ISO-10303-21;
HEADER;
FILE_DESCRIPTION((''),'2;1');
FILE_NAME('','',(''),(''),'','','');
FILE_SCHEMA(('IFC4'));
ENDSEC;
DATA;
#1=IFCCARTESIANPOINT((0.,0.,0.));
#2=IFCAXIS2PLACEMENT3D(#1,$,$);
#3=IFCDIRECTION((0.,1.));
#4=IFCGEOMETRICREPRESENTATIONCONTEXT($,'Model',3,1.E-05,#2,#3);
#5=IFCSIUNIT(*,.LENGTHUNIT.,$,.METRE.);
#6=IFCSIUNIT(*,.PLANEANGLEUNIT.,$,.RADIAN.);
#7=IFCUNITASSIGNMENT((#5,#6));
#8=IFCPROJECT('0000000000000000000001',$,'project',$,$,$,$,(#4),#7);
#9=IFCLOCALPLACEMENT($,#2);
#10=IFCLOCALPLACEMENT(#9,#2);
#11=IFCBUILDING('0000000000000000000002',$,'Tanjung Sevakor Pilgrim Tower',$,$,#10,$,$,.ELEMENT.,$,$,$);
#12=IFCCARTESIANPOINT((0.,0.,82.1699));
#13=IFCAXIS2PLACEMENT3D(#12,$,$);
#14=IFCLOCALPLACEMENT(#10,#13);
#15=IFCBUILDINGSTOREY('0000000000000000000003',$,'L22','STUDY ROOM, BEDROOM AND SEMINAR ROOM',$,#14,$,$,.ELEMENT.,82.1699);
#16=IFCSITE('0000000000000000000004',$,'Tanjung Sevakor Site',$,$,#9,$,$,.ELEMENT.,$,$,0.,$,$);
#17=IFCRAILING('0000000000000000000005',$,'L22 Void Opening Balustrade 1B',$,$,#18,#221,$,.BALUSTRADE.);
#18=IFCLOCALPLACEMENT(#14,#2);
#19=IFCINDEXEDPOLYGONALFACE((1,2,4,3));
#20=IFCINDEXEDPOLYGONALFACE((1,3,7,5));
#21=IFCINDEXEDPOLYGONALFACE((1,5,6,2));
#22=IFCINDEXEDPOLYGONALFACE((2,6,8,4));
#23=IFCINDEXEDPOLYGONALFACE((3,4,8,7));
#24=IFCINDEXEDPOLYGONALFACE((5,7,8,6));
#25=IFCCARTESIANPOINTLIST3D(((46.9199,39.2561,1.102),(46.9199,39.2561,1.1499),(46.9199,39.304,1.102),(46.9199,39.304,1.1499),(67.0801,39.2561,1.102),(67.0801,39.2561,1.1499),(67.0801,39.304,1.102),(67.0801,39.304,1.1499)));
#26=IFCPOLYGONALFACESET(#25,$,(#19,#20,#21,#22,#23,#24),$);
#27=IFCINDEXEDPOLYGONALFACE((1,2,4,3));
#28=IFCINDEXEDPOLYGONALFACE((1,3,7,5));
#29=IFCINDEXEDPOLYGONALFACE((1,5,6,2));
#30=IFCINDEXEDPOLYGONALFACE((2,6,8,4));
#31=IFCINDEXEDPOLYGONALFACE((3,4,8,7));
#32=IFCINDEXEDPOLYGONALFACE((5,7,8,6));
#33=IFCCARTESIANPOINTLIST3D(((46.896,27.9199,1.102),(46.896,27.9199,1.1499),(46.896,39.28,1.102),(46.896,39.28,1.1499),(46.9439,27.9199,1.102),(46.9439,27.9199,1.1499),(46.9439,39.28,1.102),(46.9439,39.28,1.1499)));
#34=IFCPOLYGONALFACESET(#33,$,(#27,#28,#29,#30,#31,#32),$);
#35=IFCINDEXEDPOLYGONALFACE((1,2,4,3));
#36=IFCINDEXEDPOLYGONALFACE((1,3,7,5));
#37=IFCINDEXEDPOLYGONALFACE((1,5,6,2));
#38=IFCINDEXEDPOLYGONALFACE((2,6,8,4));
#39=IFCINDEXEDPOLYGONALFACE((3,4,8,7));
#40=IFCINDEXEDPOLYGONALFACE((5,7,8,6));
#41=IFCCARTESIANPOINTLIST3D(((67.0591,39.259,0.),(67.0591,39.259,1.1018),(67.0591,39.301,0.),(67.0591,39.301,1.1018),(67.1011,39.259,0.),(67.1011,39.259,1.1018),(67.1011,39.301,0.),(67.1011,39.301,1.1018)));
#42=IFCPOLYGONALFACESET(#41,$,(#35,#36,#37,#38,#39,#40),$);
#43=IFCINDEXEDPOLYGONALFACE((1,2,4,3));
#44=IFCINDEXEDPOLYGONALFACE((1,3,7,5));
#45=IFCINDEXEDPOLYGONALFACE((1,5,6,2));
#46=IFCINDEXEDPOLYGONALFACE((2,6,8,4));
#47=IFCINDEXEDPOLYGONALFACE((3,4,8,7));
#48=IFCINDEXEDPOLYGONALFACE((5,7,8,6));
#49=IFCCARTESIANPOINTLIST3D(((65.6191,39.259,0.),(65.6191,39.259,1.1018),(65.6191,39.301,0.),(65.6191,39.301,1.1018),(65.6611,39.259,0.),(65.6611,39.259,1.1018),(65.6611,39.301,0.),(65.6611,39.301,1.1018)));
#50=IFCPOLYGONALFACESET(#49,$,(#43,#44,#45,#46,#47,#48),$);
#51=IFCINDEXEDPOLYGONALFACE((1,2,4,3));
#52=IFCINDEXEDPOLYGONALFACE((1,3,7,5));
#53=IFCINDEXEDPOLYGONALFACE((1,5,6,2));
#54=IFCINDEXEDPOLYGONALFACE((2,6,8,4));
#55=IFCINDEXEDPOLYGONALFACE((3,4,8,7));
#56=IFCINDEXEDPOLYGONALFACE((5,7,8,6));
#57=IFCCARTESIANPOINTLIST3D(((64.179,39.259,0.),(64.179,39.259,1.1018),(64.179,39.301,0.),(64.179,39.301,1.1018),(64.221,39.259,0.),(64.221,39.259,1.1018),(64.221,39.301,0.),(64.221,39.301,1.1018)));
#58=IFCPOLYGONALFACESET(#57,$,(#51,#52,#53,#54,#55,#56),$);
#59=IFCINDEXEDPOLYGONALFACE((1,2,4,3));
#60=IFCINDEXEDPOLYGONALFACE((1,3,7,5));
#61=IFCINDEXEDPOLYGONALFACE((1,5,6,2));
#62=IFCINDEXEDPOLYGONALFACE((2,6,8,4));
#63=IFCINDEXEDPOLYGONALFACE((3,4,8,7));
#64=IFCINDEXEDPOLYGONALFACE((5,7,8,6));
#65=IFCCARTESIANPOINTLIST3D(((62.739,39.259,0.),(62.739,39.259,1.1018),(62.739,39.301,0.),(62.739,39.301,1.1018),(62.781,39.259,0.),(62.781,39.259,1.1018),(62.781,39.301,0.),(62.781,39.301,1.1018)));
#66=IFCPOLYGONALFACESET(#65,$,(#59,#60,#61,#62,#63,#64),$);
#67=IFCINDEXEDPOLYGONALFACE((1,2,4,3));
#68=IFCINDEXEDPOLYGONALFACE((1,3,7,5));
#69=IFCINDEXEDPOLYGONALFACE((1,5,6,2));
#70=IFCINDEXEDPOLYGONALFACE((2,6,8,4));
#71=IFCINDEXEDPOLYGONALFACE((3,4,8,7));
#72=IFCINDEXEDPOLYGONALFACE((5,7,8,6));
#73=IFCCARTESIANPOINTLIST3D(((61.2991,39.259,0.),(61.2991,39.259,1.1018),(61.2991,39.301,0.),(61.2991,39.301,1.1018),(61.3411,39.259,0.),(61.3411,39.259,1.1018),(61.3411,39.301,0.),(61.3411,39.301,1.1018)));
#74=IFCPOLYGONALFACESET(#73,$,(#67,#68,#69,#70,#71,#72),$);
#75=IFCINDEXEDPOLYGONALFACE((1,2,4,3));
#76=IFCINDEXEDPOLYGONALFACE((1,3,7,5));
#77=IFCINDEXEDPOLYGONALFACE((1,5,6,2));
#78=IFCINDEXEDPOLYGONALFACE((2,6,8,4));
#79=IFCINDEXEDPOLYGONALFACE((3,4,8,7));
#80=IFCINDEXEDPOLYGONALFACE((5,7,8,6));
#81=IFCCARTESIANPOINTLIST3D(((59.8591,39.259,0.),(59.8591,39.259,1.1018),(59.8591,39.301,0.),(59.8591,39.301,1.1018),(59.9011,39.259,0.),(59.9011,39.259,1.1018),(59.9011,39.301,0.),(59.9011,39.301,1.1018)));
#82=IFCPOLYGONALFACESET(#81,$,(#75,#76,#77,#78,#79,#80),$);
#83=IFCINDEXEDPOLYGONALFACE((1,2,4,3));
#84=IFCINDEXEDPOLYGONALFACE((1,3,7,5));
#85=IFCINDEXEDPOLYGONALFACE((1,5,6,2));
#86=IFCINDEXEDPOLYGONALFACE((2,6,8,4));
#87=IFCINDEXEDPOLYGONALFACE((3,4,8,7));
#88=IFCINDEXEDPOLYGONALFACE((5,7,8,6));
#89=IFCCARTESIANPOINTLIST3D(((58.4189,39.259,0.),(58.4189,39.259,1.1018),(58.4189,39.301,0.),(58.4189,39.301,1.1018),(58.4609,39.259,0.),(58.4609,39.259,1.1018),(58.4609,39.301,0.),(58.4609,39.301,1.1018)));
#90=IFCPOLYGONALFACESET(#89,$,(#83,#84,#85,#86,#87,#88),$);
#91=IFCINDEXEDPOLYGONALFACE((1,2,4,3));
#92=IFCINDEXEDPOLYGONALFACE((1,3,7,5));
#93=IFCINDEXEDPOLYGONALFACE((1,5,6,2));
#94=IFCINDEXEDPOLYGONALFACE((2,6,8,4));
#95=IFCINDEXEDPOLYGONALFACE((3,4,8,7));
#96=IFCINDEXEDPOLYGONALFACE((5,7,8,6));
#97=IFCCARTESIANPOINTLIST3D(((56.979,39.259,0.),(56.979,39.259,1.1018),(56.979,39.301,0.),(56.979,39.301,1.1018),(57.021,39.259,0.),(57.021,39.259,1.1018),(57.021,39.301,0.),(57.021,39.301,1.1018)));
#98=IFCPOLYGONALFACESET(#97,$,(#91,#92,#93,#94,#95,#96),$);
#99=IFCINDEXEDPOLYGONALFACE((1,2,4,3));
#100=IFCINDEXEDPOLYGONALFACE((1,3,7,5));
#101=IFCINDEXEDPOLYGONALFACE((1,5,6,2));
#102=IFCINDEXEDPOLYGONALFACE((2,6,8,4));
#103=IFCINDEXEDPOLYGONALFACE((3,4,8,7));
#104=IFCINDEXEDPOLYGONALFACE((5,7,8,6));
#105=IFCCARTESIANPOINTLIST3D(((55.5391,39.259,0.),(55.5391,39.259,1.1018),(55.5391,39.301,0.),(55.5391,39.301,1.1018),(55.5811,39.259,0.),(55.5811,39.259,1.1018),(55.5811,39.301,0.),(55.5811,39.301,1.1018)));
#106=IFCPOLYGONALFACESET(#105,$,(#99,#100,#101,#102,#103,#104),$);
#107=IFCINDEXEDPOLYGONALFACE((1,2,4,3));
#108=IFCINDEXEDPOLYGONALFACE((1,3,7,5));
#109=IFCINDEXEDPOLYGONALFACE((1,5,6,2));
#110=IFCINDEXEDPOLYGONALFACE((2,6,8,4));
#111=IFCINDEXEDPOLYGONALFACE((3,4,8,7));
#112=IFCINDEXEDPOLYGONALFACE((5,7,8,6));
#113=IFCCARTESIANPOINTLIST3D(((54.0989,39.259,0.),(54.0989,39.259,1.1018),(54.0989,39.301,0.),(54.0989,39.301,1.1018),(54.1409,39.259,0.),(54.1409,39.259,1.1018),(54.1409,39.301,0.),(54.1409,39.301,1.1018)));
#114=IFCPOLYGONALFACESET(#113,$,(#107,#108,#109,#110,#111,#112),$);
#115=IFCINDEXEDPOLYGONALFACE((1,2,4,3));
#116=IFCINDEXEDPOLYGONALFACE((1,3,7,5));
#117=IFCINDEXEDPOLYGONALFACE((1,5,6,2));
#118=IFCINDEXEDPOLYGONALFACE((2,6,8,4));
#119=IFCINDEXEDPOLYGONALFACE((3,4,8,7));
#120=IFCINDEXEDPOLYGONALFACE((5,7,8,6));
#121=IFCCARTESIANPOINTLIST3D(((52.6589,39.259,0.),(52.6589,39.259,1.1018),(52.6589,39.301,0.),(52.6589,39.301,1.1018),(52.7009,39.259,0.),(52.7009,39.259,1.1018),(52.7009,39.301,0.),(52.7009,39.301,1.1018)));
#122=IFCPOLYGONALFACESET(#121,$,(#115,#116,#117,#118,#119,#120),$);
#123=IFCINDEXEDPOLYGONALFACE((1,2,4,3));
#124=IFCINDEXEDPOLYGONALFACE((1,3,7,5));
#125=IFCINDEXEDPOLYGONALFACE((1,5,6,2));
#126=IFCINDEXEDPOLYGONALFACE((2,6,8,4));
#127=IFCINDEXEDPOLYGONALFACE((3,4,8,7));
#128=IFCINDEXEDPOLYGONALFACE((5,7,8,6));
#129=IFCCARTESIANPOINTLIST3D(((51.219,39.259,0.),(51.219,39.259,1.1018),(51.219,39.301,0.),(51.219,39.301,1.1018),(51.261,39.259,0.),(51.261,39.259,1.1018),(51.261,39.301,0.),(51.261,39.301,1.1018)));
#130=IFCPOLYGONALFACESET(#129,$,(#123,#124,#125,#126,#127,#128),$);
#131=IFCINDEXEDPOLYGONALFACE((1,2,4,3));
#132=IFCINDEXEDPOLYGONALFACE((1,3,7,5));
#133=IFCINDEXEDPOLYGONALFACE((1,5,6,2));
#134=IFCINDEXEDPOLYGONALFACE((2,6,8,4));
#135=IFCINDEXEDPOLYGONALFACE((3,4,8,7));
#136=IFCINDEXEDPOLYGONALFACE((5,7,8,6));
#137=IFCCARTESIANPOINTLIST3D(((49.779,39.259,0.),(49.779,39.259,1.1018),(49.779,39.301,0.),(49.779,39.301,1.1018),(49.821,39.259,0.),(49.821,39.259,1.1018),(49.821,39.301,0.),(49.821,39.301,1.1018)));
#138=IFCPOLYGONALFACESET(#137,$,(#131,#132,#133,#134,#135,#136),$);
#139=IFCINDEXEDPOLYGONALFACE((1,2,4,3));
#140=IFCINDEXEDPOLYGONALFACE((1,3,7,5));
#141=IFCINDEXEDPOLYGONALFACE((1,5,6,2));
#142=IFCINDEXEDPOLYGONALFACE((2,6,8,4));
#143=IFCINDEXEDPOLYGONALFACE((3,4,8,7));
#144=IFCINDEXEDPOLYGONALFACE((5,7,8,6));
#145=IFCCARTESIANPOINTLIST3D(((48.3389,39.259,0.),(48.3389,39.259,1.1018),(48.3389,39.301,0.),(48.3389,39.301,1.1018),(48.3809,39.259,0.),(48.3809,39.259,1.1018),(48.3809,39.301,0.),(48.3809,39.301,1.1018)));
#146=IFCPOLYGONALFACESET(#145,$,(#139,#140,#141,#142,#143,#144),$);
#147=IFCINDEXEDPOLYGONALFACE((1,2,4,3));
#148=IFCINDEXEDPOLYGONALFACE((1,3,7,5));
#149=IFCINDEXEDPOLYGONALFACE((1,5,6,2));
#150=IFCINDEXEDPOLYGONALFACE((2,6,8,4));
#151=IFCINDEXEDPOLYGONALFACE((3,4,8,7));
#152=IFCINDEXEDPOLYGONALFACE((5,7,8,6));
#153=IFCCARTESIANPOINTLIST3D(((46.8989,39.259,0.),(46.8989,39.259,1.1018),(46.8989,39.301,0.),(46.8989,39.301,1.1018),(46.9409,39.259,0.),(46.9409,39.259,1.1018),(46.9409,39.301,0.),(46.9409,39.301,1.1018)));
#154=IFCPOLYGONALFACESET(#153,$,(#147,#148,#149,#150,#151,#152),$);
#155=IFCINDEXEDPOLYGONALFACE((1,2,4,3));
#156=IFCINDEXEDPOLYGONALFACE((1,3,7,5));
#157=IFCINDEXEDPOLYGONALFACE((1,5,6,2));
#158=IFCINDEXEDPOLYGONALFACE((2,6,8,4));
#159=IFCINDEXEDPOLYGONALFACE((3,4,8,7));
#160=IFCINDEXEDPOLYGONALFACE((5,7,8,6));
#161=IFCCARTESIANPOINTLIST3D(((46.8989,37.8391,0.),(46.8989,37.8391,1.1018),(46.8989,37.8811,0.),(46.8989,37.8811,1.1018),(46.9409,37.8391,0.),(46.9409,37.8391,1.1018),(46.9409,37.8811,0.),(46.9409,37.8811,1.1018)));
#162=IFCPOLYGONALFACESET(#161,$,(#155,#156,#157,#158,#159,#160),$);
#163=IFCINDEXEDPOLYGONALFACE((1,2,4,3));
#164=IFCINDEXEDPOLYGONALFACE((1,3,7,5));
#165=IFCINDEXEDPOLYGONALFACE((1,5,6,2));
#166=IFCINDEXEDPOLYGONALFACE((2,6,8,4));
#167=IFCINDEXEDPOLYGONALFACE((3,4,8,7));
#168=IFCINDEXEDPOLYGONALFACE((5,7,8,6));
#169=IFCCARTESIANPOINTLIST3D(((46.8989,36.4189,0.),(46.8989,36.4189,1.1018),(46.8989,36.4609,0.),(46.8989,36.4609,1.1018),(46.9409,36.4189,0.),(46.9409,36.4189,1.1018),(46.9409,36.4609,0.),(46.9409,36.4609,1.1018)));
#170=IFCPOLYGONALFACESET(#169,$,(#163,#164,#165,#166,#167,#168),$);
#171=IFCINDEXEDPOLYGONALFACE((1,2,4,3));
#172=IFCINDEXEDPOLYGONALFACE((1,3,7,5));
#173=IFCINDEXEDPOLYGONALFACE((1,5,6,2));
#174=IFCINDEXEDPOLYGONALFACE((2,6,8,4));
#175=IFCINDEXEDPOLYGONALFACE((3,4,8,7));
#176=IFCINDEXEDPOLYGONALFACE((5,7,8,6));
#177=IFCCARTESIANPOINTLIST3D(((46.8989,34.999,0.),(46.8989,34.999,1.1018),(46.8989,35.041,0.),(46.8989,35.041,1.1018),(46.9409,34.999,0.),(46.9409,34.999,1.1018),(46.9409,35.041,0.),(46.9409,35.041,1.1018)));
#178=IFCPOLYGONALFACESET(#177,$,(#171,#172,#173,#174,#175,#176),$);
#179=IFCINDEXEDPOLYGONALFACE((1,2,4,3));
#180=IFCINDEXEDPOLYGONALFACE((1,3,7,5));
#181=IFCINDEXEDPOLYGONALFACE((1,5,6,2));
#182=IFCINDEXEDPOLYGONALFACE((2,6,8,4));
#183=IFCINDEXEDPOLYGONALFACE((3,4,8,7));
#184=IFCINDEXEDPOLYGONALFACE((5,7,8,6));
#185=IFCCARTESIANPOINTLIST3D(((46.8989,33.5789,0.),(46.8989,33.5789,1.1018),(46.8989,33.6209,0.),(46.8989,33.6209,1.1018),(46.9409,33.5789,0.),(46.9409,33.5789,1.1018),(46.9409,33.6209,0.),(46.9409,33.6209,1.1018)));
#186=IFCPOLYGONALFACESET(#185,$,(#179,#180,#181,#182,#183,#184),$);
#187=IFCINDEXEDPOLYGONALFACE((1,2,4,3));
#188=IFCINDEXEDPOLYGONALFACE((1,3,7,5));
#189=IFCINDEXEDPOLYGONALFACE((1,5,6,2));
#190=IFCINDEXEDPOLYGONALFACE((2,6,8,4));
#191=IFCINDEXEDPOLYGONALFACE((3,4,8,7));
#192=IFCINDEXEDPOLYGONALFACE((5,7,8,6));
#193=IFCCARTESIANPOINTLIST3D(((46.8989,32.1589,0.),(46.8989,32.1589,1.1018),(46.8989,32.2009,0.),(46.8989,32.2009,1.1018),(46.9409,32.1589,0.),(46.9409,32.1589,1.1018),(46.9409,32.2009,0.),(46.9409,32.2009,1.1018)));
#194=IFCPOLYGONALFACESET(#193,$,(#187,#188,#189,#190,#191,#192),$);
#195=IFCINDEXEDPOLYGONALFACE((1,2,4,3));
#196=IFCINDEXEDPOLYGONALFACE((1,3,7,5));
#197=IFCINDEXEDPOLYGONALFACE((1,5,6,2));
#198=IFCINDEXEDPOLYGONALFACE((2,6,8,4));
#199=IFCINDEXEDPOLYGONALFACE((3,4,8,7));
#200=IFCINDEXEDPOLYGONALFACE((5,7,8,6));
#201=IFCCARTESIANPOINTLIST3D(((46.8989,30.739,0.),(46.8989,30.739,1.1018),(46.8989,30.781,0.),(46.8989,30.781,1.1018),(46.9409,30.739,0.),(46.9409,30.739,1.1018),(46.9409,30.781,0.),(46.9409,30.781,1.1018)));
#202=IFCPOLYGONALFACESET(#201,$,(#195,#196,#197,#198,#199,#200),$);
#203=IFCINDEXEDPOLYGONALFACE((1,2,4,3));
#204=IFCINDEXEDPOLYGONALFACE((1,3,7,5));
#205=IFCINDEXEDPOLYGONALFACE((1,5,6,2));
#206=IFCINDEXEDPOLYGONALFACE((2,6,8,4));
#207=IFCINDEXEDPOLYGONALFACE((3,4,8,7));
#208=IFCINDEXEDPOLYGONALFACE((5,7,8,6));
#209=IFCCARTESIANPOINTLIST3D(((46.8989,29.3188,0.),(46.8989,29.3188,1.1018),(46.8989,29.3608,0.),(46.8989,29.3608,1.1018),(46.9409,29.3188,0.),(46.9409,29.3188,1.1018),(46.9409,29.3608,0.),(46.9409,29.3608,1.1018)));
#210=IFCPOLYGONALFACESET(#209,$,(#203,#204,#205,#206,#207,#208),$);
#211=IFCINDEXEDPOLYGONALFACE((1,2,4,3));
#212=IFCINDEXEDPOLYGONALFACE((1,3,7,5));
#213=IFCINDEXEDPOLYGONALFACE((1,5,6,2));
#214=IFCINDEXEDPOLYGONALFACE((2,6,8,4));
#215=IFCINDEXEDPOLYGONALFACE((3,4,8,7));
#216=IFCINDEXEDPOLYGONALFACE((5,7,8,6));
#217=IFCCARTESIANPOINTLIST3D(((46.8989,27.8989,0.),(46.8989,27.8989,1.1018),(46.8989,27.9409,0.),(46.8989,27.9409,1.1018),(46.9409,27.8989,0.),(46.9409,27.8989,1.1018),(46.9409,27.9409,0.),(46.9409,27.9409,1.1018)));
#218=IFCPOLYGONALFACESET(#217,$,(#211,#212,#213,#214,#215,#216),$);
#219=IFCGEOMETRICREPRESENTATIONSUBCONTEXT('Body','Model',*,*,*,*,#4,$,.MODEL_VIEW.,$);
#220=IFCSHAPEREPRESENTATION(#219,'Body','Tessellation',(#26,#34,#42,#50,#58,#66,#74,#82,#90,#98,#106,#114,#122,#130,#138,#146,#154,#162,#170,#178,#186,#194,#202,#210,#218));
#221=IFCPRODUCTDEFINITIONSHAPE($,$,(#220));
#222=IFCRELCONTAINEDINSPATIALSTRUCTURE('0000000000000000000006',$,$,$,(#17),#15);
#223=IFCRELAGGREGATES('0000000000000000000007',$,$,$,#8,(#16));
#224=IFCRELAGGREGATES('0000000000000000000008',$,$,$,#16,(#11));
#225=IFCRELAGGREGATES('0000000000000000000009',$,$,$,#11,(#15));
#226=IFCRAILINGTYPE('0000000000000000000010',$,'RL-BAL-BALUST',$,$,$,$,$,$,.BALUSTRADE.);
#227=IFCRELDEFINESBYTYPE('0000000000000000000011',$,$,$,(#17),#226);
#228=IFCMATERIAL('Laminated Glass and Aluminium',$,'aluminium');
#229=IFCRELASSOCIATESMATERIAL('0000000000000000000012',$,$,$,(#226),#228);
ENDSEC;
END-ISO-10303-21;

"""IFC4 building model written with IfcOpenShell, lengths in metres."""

from ifc_helpers import new_model, si_unit, direction, frame, origin, place, context, subcontext, project, spatial, rectangle, extrude, material, type_object, element, save


model = new_model("IFC4")

# Units and contexts
model_context = context("Model", 3, precision=1e-05, world=origin(), true_north=direction((0.0, 1.0)))
body_context = subcontext(model_context, "Body", "Model", "MODEL_VIEW")
ifc_project = project(units=[si_unit("LENGTHUNIT", "METRE"), si_unit("PLANEANGLEUNIT", "RADIAN")], contexts=[model_context])

# Site, building, storey
site_placement = place(None, origin())
site = spatial("IfcSite", under=ifc_project, at=site_placement, Name="Tanjung Sevakor Site", CompositionType="ELEMENT", RefElevation=0.0)
building_placement = place(site_placement, origin())
building = spatial("IfcBuilding", under=site, at=building_placement, Name="Tanjung Sevakor Pilgrim Tower", CompositionType="ELEMENT")
storey_placement = place(building_placement, frame((0.0, 0.0, 82.1699)))
storey = spatial("IfcBuildingStorey", under=building, at=storey_placement, Name="L22", Description="STUDY ROOM, BEDROOM AND SEMINAR ROOM", CompositionType="ELEMENT", Elevation=82.1699)

# Railing
ifc_material_1 = material(Name="Laminated Glass and Aluminium", Category="aluminium")
railing_type = type_object("IfcRailingType", Name="RL-BAL-BALUST", PredefinedType="BALUSTRADE", material=ifc_material_1)
railing_1_placement = place(storey_placement, frame((67.0801, 39.28, 0.0)))
element("IfcRailing", 1, at=railing_1_placement, inside=storey, type_object=railing_type, Name="L22 Void Opening Balustrade 1B", PredefinedType="BALUSTRADE", context=body_context, shape_type="SweptSolid", body=[
    extrude(rectangle(XDim=0.0479, YDim=0.0479), frame((0.0, 0.0, 1.126), z_axis=(-1.0, 0.0, 0.0), x_axis=(0.0, -1.0, 0.0)), (0.0, 0.0, 1.0), 20.1602),
    extrude(rectangle(XDim=0.0479, YDim=0.0479), frame((-20.1602, 0.0, 1.126), z_axis=(0.0, -1.0, 0.0), x_axis=(1.0, 0.0, 0.0)), (0.0, 0.0, 1.0), 11.3601),
    extrude(rectangle(XDim=0.042, YDim=0.042), origin(), (0.0, 0.0, 1.0), 1.1018),
    extrude(rectangle(XDim=0.042, YDim=0.042), frame((-1.4399, 0.0, 0.0)), (0.0, 0.0, 1.0), 1.1018),
    extrude(rectangle(XDim=0.042, YDim=0.042), frame((-2.8801, 0.0, 0.0)), (0.0, 0.0, 1.0), 1.1018),
    extrude(rectangle(XDim=0.042, YDim=0.042), frame((-4.3201, 0.0, 0.0)), (0.0, 0.0, 1.0), 1.1018),
    extrude(rectangle(XDim=0.042, YDim=0.042), frame((-5.76, 0.0, 0.0)), (0.0, 0.0, 1.0), 1.1018),
    extrude(rectangle(XDim=0.042, YDim=0.042), frame((-7.2, 0.0, 0.0)), (0.0, 0.0, 1.0), 1.1018),
    extrude(rectangle(XDim=0.042, YDim=0.042), frame((-8.6401, 0.0, 0.0)), (0.0, 0.0, 1.0), 1.1018),
    extrude(rectangle(XDim=0.042, YDim=0.042), frame((-10.0801, 0.0, 0.0)), (0.0, 0.0, 1.0), 1.1018),
    extrude(rectangle(XDim=0.042, YDim=0.042), frame((-11.52, 0.0, 0.0)), (0.0, 0.0, 1.0), 1.1018),
    extrude(rectangle(XDim=0.042, YDim=0.042), frame((-12.9602, 0.0, 0.0)), (0.0, 0.0, 1.0), 1.1018),
    extrude(rectangle(XDim=0.042, YDim=0.042), frame((-14.4001, 0.0, 0.0)), (0.0, 0.0, 1.0), 1.1018),
    extrude(rectangle(XDim=0.042, YDim=0.042), frame((-15.8401, 0.0, 0.0)), (0.0, 0.0, 1.0), 1.1018),
    extrude(rectangle(XDim=0.042, YDim=0.042), frame((-17.28, 0.0, 0.0)), (0.0, 0.0, 1.0), 1.1018),
    extrude(rectangle(XDim=0.042, YDim=0.042), frame((-18.7202, 0.0, 0.0)), (0.0, 0.0, 1.0), 1.1018),
    extrude(rectangle(XDim=0.042, YDim=0.042), frame((-20.1602, 0.0, 0.0)), (0.0, 0.0, 1.0), 1.1018),
    extrude(rectangle(XDim=0.042, YDim=0.042), frame((-20.1602, -1.4199, 0.0)), (0.0, 0.0, 1.0), 1.1018),
    extrude(rectangle(XDim=0.042, YDim=0.042), frame((-20.1602, -2.8401, 0.0)), (0.0, 0.0, 1.0), 1.1018),
    extrude(rectangle(XDim=0.042, YDim=0.042), frame((-20.1602, -4.26, 0.0)), (0.0, 0.0, 1.0), 1.1018),
    extrude(rectangle(XDim=0.042, YDim=0.042), frame((-20.1602, -5.6802, 0.0)), (0.0, 0.0, 1.0), 1.1018),
    extrude(rectangle(XDim=0.042, YDim=0.042), frame((-20.1602, -7.1001, 0.0)), (0.0, 0.0, 1.0), 1.1018),
    extrude(rectangle(XDim=0.042, YDim=0.042), frame((-20.1602, -8.52, 0.0)), (0.0, 0.0, 1.0), 1.1018),
    extrude(rectangle(XDim=0.042, YDim=0.042), frame((-20.1602, -9.9402, 0.0)), (0.0, 0.0, 1.0), 1.1018),
    extrude(rectangle(XDim=0.042, YDim=0.042), frame((-20.1602, -11.3601, 0.0)), (0.0, 0.0, 1.0), 1.1018),
])

save(model, "model.ifc")
